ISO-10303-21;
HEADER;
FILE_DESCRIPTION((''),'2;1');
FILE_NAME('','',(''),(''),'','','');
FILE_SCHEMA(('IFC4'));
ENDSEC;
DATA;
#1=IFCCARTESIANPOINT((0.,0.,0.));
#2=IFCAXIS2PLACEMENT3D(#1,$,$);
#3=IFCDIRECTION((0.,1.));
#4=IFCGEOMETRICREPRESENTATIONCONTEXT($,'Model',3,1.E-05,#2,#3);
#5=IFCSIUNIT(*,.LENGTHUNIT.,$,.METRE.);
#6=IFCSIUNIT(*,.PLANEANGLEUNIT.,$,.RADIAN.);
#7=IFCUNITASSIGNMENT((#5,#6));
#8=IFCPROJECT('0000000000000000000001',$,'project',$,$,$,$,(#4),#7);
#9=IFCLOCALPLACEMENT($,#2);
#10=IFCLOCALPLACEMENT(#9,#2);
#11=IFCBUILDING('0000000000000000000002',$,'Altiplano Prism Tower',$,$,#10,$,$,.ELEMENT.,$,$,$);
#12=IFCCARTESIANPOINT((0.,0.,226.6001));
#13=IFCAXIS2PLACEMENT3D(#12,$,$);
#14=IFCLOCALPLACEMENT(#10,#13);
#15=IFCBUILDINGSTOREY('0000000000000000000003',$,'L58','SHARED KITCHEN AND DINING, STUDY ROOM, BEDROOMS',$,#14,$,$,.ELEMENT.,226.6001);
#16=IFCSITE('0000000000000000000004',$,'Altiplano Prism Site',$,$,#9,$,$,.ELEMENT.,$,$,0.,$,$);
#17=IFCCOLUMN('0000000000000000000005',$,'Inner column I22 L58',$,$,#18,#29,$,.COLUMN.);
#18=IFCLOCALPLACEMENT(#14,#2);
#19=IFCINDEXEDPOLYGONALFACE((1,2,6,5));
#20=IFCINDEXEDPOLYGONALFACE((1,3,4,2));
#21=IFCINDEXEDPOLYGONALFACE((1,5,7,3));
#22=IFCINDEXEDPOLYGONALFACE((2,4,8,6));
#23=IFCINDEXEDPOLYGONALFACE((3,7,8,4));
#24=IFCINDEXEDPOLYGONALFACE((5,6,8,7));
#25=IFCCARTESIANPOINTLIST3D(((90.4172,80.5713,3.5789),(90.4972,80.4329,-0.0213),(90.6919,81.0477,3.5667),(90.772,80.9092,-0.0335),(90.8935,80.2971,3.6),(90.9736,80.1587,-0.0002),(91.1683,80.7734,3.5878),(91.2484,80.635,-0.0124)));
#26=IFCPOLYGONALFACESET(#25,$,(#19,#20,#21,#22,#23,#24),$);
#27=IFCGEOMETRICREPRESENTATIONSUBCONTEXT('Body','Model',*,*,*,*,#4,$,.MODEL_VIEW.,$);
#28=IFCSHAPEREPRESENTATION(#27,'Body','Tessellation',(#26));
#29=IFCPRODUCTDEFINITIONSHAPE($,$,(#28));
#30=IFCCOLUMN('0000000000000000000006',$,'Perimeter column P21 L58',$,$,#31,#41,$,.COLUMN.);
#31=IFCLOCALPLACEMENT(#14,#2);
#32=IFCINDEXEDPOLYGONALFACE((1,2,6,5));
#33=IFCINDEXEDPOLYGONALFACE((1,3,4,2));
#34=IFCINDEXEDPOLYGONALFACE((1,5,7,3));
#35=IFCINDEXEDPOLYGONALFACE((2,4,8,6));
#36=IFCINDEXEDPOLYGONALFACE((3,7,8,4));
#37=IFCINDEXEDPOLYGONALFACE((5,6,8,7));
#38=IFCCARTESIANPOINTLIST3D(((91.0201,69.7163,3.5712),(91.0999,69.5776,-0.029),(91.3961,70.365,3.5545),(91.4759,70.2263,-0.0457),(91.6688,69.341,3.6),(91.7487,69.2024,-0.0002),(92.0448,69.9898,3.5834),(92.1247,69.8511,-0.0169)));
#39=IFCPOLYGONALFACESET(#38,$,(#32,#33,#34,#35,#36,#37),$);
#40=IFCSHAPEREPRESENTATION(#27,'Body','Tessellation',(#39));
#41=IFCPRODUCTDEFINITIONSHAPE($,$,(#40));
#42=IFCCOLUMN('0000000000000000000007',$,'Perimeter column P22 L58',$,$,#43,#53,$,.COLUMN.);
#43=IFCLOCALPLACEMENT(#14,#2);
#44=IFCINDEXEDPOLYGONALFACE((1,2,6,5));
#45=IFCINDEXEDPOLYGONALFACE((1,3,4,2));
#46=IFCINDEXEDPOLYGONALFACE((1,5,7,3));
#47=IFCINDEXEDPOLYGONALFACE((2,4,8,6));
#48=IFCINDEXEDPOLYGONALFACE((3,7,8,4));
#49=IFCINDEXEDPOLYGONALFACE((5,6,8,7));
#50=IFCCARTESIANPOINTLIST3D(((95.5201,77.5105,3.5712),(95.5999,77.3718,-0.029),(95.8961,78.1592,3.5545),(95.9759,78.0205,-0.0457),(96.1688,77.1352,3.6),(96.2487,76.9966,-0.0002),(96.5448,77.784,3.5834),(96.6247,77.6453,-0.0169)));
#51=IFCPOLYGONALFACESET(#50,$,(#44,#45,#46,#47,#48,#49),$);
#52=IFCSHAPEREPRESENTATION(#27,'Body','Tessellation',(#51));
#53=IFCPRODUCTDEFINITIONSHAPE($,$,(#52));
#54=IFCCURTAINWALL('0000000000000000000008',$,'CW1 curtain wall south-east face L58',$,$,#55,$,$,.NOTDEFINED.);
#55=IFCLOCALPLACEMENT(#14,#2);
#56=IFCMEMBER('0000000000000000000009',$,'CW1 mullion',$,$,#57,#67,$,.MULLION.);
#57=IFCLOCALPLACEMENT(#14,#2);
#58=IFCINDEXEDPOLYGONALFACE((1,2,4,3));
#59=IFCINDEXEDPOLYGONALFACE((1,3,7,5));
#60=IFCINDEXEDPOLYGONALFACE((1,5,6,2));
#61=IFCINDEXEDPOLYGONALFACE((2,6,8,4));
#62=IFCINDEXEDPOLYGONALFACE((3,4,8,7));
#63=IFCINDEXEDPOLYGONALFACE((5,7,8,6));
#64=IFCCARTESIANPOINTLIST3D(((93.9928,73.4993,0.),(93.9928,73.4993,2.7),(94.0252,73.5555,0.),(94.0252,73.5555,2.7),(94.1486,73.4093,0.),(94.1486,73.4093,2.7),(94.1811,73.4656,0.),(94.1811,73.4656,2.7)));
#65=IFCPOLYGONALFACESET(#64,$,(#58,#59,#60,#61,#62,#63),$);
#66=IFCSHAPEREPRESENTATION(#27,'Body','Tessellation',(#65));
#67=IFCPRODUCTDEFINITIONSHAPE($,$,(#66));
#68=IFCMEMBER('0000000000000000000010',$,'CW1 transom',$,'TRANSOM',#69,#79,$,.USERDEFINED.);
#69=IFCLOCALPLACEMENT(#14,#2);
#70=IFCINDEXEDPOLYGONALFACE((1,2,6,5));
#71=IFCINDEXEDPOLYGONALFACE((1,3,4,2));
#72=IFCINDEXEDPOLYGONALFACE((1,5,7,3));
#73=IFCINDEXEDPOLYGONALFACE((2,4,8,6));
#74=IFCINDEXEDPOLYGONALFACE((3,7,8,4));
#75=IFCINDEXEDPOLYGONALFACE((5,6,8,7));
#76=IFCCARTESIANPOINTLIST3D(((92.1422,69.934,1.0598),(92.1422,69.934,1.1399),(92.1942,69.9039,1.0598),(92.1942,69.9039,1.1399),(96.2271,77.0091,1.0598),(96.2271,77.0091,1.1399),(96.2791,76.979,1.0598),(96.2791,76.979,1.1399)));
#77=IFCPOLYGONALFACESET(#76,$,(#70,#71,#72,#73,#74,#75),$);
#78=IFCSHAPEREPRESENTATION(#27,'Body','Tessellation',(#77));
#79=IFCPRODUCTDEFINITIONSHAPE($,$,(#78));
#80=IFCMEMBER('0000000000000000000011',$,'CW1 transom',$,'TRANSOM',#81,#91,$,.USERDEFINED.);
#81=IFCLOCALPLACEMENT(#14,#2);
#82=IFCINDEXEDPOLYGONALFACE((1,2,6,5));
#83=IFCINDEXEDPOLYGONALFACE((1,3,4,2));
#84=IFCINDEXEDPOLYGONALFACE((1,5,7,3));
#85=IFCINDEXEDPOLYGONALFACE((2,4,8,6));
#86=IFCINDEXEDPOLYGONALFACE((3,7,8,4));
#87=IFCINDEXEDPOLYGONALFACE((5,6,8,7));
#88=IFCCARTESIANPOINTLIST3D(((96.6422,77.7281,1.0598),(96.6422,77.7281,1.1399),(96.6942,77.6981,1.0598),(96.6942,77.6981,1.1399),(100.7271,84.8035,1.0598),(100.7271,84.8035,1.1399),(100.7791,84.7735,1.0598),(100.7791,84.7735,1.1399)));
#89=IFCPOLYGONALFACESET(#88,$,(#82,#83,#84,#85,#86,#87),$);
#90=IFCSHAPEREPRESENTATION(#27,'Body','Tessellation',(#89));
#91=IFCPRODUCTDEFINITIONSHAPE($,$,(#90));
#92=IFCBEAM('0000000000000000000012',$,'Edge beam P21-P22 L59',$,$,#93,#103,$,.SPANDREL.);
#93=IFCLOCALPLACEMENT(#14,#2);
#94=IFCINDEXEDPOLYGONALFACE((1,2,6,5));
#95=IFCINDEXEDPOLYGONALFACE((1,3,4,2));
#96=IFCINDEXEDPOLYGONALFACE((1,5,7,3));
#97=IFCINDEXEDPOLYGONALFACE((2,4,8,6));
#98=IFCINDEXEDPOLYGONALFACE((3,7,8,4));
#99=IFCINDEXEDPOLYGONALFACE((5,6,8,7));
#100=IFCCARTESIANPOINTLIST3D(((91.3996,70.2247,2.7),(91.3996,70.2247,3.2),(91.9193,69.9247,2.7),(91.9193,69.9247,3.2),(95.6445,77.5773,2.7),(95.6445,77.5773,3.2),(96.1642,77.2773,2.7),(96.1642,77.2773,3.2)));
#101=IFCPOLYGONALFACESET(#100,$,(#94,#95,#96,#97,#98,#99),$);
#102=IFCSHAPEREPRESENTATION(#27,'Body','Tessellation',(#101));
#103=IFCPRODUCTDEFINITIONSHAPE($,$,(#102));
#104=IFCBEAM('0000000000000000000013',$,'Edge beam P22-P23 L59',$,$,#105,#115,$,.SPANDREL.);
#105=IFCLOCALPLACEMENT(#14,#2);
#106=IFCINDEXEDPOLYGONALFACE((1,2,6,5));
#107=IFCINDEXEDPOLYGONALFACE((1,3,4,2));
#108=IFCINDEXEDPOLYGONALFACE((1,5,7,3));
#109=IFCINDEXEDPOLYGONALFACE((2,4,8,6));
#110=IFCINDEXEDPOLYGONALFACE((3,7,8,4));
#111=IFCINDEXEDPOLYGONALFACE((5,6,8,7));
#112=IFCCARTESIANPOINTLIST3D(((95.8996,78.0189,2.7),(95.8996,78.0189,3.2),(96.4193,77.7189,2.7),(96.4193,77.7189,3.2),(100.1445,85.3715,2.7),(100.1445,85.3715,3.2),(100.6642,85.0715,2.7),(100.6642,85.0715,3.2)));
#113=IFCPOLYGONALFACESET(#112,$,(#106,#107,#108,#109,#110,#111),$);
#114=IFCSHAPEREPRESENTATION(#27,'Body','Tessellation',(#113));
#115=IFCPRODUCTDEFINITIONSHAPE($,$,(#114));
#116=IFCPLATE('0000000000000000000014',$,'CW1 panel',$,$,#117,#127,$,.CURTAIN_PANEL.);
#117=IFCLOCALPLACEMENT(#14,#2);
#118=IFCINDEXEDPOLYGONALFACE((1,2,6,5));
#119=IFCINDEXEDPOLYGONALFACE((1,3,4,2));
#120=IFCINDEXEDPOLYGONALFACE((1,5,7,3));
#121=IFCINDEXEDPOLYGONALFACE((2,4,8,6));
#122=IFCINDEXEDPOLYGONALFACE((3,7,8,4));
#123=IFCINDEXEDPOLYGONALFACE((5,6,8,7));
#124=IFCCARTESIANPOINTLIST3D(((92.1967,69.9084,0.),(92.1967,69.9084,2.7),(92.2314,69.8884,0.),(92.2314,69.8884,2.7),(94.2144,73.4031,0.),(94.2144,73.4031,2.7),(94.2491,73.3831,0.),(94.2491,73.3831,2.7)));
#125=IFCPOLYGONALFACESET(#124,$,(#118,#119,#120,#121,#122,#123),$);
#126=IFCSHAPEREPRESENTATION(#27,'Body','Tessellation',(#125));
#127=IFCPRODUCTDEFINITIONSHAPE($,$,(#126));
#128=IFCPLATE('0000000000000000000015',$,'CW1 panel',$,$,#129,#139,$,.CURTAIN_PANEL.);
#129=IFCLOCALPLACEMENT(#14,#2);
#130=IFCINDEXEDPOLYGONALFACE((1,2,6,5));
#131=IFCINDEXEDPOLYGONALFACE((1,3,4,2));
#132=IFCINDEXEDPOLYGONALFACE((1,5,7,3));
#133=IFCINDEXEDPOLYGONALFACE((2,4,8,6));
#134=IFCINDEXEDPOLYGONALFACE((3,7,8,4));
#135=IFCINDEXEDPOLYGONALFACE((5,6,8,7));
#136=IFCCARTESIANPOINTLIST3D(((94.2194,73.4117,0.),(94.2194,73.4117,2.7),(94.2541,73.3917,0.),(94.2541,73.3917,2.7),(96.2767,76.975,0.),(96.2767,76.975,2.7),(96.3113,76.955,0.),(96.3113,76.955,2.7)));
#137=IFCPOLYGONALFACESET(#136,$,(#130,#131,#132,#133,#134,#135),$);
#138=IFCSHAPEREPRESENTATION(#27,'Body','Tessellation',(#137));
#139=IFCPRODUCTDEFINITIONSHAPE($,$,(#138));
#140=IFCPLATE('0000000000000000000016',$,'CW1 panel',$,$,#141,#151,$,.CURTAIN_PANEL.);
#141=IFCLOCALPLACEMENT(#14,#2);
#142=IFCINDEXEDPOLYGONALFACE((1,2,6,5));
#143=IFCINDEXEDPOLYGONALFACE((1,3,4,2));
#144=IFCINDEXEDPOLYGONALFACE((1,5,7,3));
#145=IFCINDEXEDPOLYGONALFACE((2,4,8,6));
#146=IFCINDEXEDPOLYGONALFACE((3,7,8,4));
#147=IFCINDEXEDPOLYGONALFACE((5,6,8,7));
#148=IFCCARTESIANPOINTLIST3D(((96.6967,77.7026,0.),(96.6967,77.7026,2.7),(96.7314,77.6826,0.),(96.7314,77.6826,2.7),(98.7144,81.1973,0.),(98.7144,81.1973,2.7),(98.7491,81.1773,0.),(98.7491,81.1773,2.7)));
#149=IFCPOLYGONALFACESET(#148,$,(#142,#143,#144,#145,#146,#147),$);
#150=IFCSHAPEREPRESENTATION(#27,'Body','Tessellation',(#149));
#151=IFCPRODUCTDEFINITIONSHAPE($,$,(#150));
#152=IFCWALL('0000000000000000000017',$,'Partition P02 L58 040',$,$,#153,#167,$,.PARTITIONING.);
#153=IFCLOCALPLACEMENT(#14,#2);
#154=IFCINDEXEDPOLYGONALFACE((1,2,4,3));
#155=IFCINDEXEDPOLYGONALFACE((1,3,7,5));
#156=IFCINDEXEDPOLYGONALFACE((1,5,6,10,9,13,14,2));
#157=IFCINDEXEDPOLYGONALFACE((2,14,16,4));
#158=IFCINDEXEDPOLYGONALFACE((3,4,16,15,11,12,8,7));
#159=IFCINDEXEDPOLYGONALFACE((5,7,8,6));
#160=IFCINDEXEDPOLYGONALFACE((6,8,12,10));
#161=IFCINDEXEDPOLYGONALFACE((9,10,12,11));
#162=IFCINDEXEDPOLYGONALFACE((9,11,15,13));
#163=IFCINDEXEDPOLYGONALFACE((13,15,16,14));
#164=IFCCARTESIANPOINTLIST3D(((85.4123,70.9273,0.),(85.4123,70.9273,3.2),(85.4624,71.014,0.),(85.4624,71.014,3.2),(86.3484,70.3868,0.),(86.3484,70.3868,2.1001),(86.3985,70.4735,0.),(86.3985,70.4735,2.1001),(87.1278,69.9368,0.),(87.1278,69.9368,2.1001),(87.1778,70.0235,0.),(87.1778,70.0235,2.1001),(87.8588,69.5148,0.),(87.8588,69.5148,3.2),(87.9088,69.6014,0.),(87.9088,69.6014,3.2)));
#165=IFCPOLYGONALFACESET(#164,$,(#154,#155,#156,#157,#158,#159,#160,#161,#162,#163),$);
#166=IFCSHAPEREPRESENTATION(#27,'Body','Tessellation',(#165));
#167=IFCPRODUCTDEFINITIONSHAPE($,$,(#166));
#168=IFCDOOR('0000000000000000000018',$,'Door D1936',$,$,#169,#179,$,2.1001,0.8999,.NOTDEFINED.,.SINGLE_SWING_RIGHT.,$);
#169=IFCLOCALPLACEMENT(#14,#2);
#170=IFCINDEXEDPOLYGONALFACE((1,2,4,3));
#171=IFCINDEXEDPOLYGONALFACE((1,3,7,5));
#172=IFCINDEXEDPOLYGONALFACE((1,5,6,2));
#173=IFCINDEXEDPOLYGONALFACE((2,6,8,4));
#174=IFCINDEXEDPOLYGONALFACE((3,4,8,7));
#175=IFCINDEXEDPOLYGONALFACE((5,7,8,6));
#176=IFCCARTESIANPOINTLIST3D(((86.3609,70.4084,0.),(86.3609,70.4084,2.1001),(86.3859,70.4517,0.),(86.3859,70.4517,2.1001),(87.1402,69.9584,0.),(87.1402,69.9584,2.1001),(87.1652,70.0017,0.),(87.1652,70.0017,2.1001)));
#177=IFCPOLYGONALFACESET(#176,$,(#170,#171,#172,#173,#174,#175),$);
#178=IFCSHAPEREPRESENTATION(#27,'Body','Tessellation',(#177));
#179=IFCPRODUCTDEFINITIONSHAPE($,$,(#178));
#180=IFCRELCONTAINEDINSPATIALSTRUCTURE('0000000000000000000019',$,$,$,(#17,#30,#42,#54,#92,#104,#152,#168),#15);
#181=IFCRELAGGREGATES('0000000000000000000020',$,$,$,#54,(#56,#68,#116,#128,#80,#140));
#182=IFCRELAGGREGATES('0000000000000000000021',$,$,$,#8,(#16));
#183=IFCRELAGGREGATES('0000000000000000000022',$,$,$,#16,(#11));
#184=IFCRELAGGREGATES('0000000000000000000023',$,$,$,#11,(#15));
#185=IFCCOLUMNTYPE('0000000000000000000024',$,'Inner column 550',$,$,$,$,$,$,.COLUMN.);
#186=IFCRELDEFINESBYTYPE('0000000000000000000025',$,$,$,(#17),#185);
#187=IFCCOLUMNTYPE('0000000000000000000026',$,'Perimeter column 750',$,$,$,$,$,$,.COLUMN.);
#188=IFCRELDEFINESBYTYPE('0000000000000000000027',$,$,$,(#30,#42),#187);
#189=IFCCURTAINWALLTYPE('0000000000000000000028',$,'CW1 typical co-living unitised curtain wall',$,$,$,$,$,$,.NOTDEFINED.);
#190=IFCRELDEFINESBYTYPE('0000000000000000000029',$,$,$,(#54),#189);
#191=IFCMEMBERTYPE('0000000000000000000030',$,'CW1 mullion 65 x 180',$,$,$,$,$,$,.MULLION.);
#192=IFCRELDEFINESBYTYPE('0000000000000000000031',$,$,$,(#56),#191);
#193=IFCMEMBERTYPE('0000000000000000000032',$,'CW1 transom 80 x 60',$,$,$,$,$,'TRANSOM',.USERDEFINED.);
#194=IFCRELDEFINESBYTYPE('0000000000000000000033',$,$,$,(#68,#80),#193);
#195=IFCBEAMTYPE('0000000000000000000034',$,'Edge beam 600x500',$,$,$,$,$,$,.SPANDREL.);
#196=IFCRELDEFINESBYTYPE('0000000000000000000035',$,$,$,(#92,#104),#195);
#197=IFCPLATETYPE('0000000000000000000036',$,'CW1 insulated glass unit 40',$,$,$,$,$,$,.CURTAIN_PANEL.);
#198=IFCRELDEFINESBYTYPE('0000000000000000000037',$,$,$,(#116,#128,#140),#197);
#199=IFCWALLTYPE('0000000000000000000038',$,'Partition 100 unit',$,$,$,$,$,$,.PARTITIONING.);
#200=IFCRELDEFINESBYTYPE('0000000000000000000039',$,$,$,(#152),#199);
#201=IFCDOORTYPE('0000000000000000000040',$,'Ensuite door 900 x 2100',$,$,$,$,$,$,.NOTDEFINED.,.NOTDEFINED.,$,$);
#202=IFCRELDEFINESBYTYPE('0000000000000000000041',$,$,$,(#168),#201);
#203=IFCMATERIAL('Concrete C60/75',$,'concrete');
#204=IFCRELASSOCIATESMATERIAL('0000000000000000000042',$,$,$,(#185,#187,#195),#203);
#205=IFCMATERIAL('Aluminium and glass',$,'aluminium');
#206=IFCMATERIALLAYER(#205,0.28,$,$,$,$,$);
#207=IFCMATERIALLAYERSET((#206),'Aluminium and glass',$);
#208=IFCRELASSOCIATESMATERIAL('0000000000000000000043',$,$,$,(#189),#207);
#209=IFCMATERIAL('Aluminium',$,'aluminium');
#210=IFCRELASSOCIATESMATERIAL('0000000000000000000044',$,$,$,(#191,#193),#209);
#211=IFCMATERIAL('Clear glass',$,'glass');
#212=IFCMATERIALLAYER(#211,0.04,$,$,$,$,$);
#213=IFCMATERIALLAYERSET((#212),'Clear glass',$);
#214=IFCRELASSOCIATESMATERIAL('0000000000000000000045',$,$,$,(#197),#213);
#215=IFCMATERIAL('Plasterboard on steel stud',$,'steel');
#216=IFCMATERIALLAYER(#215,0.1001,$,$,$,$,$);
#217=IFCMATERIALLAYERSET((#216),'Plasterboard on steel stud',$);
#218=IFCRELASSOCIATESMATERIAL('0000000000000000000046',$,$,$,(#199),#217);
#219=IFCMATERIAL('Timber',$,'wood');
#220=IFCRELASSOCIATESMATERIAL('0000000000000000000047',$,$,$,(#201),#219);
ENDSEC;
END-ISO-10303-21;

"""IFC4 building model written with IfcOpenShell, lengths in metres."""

from ifc_helpers import new_model, si_unit, direction, frame, frame_2d, origin, origin_2d, place, context, subcontext, project, spatial, rectangle, extrude, material, layer, layer_set, material_profile, profile_set, type_object, element, fill, aggregate, save


model = new_model("IFC4")

# Units and contexts
model_context = context("Model", 3, precision=1e-05, world=origin(), true_north=direction((0.0, 1.0)))
body_context = subcontext(model_context, "Body", "Model", "MODEL_VIEW")
ifc_project = project(units=[si_unit("LENGTHUNIT", "METRE"), si_unit("PLANEANGLEUNIT", "RADIAN")], contexts=[model_context])

# Site, building, storey
site_placement = place(None, origin())
site = spatial("IfcSite", under=ifc_project, at=site_placement, Name="Altiplano Prism Site", CompositionType="ELEMENT", RefElevation=0.0)
building_placement = place(site_placement, origin())
building = spatial("IfcBuilding", under=site, at=building_placement, Name="Altiplano Prism Tower", CompositionType="ELEMENT")
storey_placement = place(building_placement, frame((0.0, 0.0, 226.6001)))
storey = spatial("IfcBuildingStorey", under=building, at=storey_placement, Name="L58", Description="SHARED KITCHEN AND DINING, STUDY ROOM, BEDROOMS", CompositionType="ELEMENT", Elevation=226.6001)

# Columns
ifc_material_1 = material(Name="Concrete C60/75", Category="concrete")
ifc_material_profile_1 = material_profile(ifc_material_1, rectangle(XDim=0.55, YDim=0.55, at=origin_2d()), Name="Inner column 550")
ifc_profile_set_1 = profile_set([ifc_material_profile_1], Name="Concrete C60/75")
column_type_1 = type_object("IfcColumnType", Name="Inner column 550", PredefinedType="COLUMN", material=ifc_profile_set_1)
column_placement = place(storey_placement, frame((90.8728, 80.5339, -0.0168), z_axis=(-0.022221, 0.038413, 0.999015), x_axis=(-0.499513, -0.866022, 0.022189)))
element("IfcColumn", 1, at=column_placement, inside=storey, type_object=column_type_1, Name="Inner column I22 L58", PredefinedType="COLUMN", context=body_context, shape_type="SweptSolid", body=[
    extrude(rectangle(XDim=0.55, YDim=0.55, at=origin_2d()), origin(), (0.0, 0.0, 1.0), 3.6038),
])
ifc_material_profile_2 = material_profile(ifc_material_1, rectangle(XDim=0.75, YDim=0.75, at=origin_2d()), Name="Perimeter column 750")
ifc_profile_set_2 = profile_set([ifc_material_profile_2], Name="Concrete C60/75")
column_type_2 = type_object("IfcColumnType", Name="Perimeter column 750", PredefinedType="COLUMN", material=ifc_profile_set_2)
for number, where, z_axis, x_axis, name in (
    (2, (91.6123, 69.7144, -0.0229), (-0.022154, 0.038481, 0.999014), (-0.501318, -0.864979, 0.022201), "Perimeter column P21 L58"),
    (3, (96.1123, 77.5085, -0.0229), (-0.022154, 0.038481, 0.999014), (-0.501318, -0.864979, 0.022201), "Perimeter column P22 L58"),
):
    element("IfcColumn", number, at=place(storey_placement, frame(where, z_axis=z_axis, x_axis=x_axis)), inside=storey, type_object=column_type_2, Name=name, PredefinedType="COLUMN", context=body_context, shape_type="SweptSolid", body=[
        extrude(rectangle(XDim=0.75, YDim=0.75, at=origin_2d()), origin(), (0.0, 0.0, 1.0), 3.6038),
    ])

# Curtain wall, members
ifc_material_2 = material(Name="Aluminium and glass", Category="aluminium")
ifc_layer_1 = layer(ifc_material_2, 0.28)
ifc_layer_set_1 = layer_set([ifc_layer_1], Name="Aluminium and glass")
curtain_wall_type = type_object("IfcCurtainWallType", Name="CW1 typical co-living unitised curtain wall", PredefinedType="NOTDEFINED", material=ifc_layer_set_1)
curtain_wall_placement = place(storey_placement, origin())
curtain_wall = element("IfcCurtainWall", 4, at=curtain_wall_placement, inside=storey, type_object=curtain_wall_type, Name="CW1 curtain wall south-east face L58", PredefinedType="NOTDEFINED")
ifc_material_3 = material(Name="Aluminium", Category="aluminium")
ifc_material_profile_3 = material_profile(ifc_material_3, rectangle(XDim=0.1799, YDim=0.0649, at=origin_2d()), Name="CW1 mullion 65 x 180")
ifc_profile_set_3 = profile_set([ifc_material_profile_3], Name="Aluminium")
member_type_1 = type_object("IfcMemberType", Name="CW1 mullion 65 x 180", PredefinedType="MULLION", material=ifc_profile_set_3)
member_1_placement = place(storey_placement, frame((94.0869, 73.4824, 0.0), z_axis=(0.0, 0.0, 1.0), x_axis=(-0.866025, 0.5, 0.0)))
member_1 = element("IfcMember", 5, at=member_1_placement, type_object=member_type_1, Name="CW1 mullion", PredefinedType="MULLION", context=body_context, shape_type="SweptSolid", body=[
    extrude(rectangle(XDim=0.1799, YDim=0.0649, at=origin_2d()), origin(), (0.0, 0.0, 1.0), 2.7),
])
ifc_material_profile_4 = material_profile(ifc_material_3, rectangle(XDim=0.0601, YDim=0.0801, at=origin_2d()), Name="CW1 transom 80 x 60")
ifc_profile_set_4 = profile_set([ifc_material_profile_4], Name="Aluminium")
member_type_2 = type_object("IfcMemberType", Name="CW1 transom 80 x 60", ElementType="TRANSOM", PredefinedType="USERDEFINED", material=ifc_profile_set_4)
member_2_placement = place(storey_placement, frame((92.1682, 69.9189, 1.0999), z_axis=(0.500009, 0.86602, 0.0), x_axis=(-0.86602, 0.500009, 0.0)))
member_2 = element("IfcMember", 6, at=member_2_placement, type_object=member_type_2, Name="CW1 transom", ObjectType="TRANSOM", PredefinedType="USERDEFINED", context=body_context, shape_type="SweptSolid", body=[
    extrude(rectangle(XDim=0.0601, YDim=0.0801, at=origin_2d()), origin(), (0.0, 0.0, 1.0), 8.1697),
])
member_3_placement = place(storey_placement, frame((96.6682, 77.7131, 1.0999), z_axis=(0.499996, 0.866028, 0.0), x_axis=(-0.866028, 0.499996, 0.0)))
member_3 = element("IfcMember", 7, at=member_3_placement, type_object=member_type_2, Name="CW1 transom", ObjectType="TRANSOM", PredefinedType="USERDEFINED", context=body_context, shape_type="SweptSolid", body=[
    extrude(rectangle(XDim=0.0601, YDim=0.0801, at=origin_2d()), origin(), (0.0, 0.0, 1.0), 8.1699),
])

# Beams
ifc_material_profile_5 = material_profile(ifc_material_1, rectangle(XDim=0.6001, YDim=0.5, at=origin_2d()), Name="Edge beam 600x500")
ifc_profile_set_5 = profile_set([ifc_material_profile_5], Name="Concrete C60/75")
beam_type = type_object("IfcBeamType", Name="Edge beam 600x500", PredefinedType="SPANDREL", material=ifc_profile_set_5)
for number, where, z_axis, x_axis, name in (
    (8, (91.6594, 70.0747, 2.95), (0.49999, 0.866031, 0.0), (-0.866031, 0.49999, 0.0), "Edge beam P21-P22 L59"),
    (9, (96.1594, 77.8689, 2.95), (0.49999, 0.866031, 0.0), (-0.866031, 0.49999, 0.0), "Edge beam P22-P23 L59"),
):
    element("IfcBeam", number, at=place(storey_placement, frame(where, z_axis=z_axis, x_axis=x_axis)), inside=storey, type_object=beam_type, Name=name, PredefinedType="SPANDREL", context=body_context, shape_type="SweptSolid", body=[
        extrude(rectangle(XDim=0.6001, YDim=0.5, at=origin_2d()), origin(), (0.0, 0.0, 1.0), 8.49),
    ])

# Plates
ifc_material_4 = material(Name="Clear glass", Category="glass")
ifc_layer_2 = layer(ifc_material_4, 0.04)
ifc_layer_set_2 = layer_set([ifc_layer_2], Name="Clear glass")
plate_type = type_object("IfcPlateType", Name="CW1 insulated glass unit 40", PredefinedType="CURTAIN_PANEL", material=ifc_layer_set_2)
plate_1_placement = place(storey_placement, frame((93.2229, 71.6458, 0.0), z_axis=(0.0, 0.0, 1.0), x_axis=(0.5, 0.866025, 0.0)))
plate_1 = element("IfcPlate", 10, at=plate_1_placement, type_object=plate_type, Name="CW1 panel", PredefinedType="CURTAIN_PANEL", context=body_context, shape_type="SweptSolid", body=[
    extrude(rectangle(XDim=4.0354, YDim=0.04, at=origin_2d()), origin(), (0.0, 0.0, 1.0), 2.7),
])
plate_2_placement = place(storey_placement, frame((95.2654, 75.1833, 0.0), z_axis=(0.0, 0.0, 1.0), x_axis=(0.5, 0.866025, 0.0)))
plate_2 = element("IfcPlate", 11, at=plate_2_placement, type_object=plate_type, Name="CW1 panel", PredefinedType="CURTAIN_PANEL", context=body_context, shape_type="SweptSolid", body=[
    extrude(rectangle(XDim=4.1145, YDim=0.04, at=origin_2d()), origin(), (0.0, 0.0, 1.0), 2.7),
])
plate_3_placement = place(storey_placement, frame((97.7229, 79.4399, 0.0), z_axis=(0.0, 0.0, 1.0), x_axis=(0.5, 0.866025, 0.0)))
plate_3 = element("IfcPlate", 12, at=plate_3_placement, type_object=plate_type, Name="CW1 panel", PredefinedType="CURTAIN_PANEL", context=body_context, shape_type="SweptSolid", body=[
    extrude(rectangle(XDim=4.0354, YDim=0.04, at=origin_2d()), origin(), (0.0, 0.0, 1.0), 2.7),
])
aggregate(curtain_wall, [member_1, member_2, plate_1, plate_2, member_3, plate_3])

# Wall, opening, door
ifc_material_5 = material(Name="Plasterboard on steel stud", Category="steel")
ifc_layer_3 = layer(ifc_material_5, 0.1001)
ifc_layer_set_3 = layer_set([ifc_layer_3], Name="Plasterboard on steel stud")
wall_type_1 = type_object("IfcWallType", Name="Partition 100 unit", PredefinedType="PARTITIONING", material=ifc_layer_set_3)
wall_1_placement = place(storey_placement, frame((85.4373, 70.9707, 0.0), z_axis=(0.0, 0.0, 1.0), x_axis=(0.866011, -0.500024, 0.0)))
wall_1 = element("IfcWall", 13, at=wall_1_placement, inside=storey, type_object=wall_type_1, Name="Partition P02 L58 040", PredefinedType="PARTITIONING", context=body_context, shape_type="SweptSolid", body=[
    extrude(rectangle(XDim=2.825, YDim=0.1001, at=frame_2d((1.4126, 0.0))), origin(), (0.0, 0.0, 1.0), 3.2),
])
opening_1_placement = place(wall_1_placement, frame((1.0811, 0.0, 0.0)))
opening_1 = element("IfcOpeningElement", 14, at=opening_1_placement, cuts=wall_1, PredefinedType="OPENING", context=body_context, shape_type="SweptSolid", body=[
    extrude(rectangle(XDim=0.8999, YDim=2.1001, at=frame_2d((0.45, 1.05))), frame((0.0, 0.0605, 0.0), z_axis=(0.0, -1.0, 0.0), x_axis=(1.0, 0.0, 0.0)), (0.0, 0.0, 1.0), 0.1211),
])
ifc_material_6 = material(Name="Timber", Category="wood")
door_type_1 = type_object("IfcDoorType", Name="Ensuite door 900 x 2100", OperationType="NOTDEFINED", PredefinedType="NOTDEFINED", material=ifc_material_6)
door_1_placement = place(opening_1_placement, origin())
door_1 = element("IfcDoor", 15, at=door_1_placement, inside=storey, type_object=door_type_1, Name="Door D1936", OperationType="SINGLE_SWING_RIGHT", OverallHeight=2.1001, OverallWidth=0.8999, PredefinedType="NOTDEFINED", context=body_context, shape_type="SweptSolid", body=[
    extrude(rectangle(XDim=0.8999, YDim=2.1001, at=frame_2d((0.45, 1.05))), frame((0.0, 0.0249, 0.0), z_axis=(0.0, -1.0, 0.0), x_axis=(1.0, 0.0, 0.0)), (0.0, 0.0, 1.0), 0.05),
])
fill(opening_1, door_1)

save(model, "model.ifc")
